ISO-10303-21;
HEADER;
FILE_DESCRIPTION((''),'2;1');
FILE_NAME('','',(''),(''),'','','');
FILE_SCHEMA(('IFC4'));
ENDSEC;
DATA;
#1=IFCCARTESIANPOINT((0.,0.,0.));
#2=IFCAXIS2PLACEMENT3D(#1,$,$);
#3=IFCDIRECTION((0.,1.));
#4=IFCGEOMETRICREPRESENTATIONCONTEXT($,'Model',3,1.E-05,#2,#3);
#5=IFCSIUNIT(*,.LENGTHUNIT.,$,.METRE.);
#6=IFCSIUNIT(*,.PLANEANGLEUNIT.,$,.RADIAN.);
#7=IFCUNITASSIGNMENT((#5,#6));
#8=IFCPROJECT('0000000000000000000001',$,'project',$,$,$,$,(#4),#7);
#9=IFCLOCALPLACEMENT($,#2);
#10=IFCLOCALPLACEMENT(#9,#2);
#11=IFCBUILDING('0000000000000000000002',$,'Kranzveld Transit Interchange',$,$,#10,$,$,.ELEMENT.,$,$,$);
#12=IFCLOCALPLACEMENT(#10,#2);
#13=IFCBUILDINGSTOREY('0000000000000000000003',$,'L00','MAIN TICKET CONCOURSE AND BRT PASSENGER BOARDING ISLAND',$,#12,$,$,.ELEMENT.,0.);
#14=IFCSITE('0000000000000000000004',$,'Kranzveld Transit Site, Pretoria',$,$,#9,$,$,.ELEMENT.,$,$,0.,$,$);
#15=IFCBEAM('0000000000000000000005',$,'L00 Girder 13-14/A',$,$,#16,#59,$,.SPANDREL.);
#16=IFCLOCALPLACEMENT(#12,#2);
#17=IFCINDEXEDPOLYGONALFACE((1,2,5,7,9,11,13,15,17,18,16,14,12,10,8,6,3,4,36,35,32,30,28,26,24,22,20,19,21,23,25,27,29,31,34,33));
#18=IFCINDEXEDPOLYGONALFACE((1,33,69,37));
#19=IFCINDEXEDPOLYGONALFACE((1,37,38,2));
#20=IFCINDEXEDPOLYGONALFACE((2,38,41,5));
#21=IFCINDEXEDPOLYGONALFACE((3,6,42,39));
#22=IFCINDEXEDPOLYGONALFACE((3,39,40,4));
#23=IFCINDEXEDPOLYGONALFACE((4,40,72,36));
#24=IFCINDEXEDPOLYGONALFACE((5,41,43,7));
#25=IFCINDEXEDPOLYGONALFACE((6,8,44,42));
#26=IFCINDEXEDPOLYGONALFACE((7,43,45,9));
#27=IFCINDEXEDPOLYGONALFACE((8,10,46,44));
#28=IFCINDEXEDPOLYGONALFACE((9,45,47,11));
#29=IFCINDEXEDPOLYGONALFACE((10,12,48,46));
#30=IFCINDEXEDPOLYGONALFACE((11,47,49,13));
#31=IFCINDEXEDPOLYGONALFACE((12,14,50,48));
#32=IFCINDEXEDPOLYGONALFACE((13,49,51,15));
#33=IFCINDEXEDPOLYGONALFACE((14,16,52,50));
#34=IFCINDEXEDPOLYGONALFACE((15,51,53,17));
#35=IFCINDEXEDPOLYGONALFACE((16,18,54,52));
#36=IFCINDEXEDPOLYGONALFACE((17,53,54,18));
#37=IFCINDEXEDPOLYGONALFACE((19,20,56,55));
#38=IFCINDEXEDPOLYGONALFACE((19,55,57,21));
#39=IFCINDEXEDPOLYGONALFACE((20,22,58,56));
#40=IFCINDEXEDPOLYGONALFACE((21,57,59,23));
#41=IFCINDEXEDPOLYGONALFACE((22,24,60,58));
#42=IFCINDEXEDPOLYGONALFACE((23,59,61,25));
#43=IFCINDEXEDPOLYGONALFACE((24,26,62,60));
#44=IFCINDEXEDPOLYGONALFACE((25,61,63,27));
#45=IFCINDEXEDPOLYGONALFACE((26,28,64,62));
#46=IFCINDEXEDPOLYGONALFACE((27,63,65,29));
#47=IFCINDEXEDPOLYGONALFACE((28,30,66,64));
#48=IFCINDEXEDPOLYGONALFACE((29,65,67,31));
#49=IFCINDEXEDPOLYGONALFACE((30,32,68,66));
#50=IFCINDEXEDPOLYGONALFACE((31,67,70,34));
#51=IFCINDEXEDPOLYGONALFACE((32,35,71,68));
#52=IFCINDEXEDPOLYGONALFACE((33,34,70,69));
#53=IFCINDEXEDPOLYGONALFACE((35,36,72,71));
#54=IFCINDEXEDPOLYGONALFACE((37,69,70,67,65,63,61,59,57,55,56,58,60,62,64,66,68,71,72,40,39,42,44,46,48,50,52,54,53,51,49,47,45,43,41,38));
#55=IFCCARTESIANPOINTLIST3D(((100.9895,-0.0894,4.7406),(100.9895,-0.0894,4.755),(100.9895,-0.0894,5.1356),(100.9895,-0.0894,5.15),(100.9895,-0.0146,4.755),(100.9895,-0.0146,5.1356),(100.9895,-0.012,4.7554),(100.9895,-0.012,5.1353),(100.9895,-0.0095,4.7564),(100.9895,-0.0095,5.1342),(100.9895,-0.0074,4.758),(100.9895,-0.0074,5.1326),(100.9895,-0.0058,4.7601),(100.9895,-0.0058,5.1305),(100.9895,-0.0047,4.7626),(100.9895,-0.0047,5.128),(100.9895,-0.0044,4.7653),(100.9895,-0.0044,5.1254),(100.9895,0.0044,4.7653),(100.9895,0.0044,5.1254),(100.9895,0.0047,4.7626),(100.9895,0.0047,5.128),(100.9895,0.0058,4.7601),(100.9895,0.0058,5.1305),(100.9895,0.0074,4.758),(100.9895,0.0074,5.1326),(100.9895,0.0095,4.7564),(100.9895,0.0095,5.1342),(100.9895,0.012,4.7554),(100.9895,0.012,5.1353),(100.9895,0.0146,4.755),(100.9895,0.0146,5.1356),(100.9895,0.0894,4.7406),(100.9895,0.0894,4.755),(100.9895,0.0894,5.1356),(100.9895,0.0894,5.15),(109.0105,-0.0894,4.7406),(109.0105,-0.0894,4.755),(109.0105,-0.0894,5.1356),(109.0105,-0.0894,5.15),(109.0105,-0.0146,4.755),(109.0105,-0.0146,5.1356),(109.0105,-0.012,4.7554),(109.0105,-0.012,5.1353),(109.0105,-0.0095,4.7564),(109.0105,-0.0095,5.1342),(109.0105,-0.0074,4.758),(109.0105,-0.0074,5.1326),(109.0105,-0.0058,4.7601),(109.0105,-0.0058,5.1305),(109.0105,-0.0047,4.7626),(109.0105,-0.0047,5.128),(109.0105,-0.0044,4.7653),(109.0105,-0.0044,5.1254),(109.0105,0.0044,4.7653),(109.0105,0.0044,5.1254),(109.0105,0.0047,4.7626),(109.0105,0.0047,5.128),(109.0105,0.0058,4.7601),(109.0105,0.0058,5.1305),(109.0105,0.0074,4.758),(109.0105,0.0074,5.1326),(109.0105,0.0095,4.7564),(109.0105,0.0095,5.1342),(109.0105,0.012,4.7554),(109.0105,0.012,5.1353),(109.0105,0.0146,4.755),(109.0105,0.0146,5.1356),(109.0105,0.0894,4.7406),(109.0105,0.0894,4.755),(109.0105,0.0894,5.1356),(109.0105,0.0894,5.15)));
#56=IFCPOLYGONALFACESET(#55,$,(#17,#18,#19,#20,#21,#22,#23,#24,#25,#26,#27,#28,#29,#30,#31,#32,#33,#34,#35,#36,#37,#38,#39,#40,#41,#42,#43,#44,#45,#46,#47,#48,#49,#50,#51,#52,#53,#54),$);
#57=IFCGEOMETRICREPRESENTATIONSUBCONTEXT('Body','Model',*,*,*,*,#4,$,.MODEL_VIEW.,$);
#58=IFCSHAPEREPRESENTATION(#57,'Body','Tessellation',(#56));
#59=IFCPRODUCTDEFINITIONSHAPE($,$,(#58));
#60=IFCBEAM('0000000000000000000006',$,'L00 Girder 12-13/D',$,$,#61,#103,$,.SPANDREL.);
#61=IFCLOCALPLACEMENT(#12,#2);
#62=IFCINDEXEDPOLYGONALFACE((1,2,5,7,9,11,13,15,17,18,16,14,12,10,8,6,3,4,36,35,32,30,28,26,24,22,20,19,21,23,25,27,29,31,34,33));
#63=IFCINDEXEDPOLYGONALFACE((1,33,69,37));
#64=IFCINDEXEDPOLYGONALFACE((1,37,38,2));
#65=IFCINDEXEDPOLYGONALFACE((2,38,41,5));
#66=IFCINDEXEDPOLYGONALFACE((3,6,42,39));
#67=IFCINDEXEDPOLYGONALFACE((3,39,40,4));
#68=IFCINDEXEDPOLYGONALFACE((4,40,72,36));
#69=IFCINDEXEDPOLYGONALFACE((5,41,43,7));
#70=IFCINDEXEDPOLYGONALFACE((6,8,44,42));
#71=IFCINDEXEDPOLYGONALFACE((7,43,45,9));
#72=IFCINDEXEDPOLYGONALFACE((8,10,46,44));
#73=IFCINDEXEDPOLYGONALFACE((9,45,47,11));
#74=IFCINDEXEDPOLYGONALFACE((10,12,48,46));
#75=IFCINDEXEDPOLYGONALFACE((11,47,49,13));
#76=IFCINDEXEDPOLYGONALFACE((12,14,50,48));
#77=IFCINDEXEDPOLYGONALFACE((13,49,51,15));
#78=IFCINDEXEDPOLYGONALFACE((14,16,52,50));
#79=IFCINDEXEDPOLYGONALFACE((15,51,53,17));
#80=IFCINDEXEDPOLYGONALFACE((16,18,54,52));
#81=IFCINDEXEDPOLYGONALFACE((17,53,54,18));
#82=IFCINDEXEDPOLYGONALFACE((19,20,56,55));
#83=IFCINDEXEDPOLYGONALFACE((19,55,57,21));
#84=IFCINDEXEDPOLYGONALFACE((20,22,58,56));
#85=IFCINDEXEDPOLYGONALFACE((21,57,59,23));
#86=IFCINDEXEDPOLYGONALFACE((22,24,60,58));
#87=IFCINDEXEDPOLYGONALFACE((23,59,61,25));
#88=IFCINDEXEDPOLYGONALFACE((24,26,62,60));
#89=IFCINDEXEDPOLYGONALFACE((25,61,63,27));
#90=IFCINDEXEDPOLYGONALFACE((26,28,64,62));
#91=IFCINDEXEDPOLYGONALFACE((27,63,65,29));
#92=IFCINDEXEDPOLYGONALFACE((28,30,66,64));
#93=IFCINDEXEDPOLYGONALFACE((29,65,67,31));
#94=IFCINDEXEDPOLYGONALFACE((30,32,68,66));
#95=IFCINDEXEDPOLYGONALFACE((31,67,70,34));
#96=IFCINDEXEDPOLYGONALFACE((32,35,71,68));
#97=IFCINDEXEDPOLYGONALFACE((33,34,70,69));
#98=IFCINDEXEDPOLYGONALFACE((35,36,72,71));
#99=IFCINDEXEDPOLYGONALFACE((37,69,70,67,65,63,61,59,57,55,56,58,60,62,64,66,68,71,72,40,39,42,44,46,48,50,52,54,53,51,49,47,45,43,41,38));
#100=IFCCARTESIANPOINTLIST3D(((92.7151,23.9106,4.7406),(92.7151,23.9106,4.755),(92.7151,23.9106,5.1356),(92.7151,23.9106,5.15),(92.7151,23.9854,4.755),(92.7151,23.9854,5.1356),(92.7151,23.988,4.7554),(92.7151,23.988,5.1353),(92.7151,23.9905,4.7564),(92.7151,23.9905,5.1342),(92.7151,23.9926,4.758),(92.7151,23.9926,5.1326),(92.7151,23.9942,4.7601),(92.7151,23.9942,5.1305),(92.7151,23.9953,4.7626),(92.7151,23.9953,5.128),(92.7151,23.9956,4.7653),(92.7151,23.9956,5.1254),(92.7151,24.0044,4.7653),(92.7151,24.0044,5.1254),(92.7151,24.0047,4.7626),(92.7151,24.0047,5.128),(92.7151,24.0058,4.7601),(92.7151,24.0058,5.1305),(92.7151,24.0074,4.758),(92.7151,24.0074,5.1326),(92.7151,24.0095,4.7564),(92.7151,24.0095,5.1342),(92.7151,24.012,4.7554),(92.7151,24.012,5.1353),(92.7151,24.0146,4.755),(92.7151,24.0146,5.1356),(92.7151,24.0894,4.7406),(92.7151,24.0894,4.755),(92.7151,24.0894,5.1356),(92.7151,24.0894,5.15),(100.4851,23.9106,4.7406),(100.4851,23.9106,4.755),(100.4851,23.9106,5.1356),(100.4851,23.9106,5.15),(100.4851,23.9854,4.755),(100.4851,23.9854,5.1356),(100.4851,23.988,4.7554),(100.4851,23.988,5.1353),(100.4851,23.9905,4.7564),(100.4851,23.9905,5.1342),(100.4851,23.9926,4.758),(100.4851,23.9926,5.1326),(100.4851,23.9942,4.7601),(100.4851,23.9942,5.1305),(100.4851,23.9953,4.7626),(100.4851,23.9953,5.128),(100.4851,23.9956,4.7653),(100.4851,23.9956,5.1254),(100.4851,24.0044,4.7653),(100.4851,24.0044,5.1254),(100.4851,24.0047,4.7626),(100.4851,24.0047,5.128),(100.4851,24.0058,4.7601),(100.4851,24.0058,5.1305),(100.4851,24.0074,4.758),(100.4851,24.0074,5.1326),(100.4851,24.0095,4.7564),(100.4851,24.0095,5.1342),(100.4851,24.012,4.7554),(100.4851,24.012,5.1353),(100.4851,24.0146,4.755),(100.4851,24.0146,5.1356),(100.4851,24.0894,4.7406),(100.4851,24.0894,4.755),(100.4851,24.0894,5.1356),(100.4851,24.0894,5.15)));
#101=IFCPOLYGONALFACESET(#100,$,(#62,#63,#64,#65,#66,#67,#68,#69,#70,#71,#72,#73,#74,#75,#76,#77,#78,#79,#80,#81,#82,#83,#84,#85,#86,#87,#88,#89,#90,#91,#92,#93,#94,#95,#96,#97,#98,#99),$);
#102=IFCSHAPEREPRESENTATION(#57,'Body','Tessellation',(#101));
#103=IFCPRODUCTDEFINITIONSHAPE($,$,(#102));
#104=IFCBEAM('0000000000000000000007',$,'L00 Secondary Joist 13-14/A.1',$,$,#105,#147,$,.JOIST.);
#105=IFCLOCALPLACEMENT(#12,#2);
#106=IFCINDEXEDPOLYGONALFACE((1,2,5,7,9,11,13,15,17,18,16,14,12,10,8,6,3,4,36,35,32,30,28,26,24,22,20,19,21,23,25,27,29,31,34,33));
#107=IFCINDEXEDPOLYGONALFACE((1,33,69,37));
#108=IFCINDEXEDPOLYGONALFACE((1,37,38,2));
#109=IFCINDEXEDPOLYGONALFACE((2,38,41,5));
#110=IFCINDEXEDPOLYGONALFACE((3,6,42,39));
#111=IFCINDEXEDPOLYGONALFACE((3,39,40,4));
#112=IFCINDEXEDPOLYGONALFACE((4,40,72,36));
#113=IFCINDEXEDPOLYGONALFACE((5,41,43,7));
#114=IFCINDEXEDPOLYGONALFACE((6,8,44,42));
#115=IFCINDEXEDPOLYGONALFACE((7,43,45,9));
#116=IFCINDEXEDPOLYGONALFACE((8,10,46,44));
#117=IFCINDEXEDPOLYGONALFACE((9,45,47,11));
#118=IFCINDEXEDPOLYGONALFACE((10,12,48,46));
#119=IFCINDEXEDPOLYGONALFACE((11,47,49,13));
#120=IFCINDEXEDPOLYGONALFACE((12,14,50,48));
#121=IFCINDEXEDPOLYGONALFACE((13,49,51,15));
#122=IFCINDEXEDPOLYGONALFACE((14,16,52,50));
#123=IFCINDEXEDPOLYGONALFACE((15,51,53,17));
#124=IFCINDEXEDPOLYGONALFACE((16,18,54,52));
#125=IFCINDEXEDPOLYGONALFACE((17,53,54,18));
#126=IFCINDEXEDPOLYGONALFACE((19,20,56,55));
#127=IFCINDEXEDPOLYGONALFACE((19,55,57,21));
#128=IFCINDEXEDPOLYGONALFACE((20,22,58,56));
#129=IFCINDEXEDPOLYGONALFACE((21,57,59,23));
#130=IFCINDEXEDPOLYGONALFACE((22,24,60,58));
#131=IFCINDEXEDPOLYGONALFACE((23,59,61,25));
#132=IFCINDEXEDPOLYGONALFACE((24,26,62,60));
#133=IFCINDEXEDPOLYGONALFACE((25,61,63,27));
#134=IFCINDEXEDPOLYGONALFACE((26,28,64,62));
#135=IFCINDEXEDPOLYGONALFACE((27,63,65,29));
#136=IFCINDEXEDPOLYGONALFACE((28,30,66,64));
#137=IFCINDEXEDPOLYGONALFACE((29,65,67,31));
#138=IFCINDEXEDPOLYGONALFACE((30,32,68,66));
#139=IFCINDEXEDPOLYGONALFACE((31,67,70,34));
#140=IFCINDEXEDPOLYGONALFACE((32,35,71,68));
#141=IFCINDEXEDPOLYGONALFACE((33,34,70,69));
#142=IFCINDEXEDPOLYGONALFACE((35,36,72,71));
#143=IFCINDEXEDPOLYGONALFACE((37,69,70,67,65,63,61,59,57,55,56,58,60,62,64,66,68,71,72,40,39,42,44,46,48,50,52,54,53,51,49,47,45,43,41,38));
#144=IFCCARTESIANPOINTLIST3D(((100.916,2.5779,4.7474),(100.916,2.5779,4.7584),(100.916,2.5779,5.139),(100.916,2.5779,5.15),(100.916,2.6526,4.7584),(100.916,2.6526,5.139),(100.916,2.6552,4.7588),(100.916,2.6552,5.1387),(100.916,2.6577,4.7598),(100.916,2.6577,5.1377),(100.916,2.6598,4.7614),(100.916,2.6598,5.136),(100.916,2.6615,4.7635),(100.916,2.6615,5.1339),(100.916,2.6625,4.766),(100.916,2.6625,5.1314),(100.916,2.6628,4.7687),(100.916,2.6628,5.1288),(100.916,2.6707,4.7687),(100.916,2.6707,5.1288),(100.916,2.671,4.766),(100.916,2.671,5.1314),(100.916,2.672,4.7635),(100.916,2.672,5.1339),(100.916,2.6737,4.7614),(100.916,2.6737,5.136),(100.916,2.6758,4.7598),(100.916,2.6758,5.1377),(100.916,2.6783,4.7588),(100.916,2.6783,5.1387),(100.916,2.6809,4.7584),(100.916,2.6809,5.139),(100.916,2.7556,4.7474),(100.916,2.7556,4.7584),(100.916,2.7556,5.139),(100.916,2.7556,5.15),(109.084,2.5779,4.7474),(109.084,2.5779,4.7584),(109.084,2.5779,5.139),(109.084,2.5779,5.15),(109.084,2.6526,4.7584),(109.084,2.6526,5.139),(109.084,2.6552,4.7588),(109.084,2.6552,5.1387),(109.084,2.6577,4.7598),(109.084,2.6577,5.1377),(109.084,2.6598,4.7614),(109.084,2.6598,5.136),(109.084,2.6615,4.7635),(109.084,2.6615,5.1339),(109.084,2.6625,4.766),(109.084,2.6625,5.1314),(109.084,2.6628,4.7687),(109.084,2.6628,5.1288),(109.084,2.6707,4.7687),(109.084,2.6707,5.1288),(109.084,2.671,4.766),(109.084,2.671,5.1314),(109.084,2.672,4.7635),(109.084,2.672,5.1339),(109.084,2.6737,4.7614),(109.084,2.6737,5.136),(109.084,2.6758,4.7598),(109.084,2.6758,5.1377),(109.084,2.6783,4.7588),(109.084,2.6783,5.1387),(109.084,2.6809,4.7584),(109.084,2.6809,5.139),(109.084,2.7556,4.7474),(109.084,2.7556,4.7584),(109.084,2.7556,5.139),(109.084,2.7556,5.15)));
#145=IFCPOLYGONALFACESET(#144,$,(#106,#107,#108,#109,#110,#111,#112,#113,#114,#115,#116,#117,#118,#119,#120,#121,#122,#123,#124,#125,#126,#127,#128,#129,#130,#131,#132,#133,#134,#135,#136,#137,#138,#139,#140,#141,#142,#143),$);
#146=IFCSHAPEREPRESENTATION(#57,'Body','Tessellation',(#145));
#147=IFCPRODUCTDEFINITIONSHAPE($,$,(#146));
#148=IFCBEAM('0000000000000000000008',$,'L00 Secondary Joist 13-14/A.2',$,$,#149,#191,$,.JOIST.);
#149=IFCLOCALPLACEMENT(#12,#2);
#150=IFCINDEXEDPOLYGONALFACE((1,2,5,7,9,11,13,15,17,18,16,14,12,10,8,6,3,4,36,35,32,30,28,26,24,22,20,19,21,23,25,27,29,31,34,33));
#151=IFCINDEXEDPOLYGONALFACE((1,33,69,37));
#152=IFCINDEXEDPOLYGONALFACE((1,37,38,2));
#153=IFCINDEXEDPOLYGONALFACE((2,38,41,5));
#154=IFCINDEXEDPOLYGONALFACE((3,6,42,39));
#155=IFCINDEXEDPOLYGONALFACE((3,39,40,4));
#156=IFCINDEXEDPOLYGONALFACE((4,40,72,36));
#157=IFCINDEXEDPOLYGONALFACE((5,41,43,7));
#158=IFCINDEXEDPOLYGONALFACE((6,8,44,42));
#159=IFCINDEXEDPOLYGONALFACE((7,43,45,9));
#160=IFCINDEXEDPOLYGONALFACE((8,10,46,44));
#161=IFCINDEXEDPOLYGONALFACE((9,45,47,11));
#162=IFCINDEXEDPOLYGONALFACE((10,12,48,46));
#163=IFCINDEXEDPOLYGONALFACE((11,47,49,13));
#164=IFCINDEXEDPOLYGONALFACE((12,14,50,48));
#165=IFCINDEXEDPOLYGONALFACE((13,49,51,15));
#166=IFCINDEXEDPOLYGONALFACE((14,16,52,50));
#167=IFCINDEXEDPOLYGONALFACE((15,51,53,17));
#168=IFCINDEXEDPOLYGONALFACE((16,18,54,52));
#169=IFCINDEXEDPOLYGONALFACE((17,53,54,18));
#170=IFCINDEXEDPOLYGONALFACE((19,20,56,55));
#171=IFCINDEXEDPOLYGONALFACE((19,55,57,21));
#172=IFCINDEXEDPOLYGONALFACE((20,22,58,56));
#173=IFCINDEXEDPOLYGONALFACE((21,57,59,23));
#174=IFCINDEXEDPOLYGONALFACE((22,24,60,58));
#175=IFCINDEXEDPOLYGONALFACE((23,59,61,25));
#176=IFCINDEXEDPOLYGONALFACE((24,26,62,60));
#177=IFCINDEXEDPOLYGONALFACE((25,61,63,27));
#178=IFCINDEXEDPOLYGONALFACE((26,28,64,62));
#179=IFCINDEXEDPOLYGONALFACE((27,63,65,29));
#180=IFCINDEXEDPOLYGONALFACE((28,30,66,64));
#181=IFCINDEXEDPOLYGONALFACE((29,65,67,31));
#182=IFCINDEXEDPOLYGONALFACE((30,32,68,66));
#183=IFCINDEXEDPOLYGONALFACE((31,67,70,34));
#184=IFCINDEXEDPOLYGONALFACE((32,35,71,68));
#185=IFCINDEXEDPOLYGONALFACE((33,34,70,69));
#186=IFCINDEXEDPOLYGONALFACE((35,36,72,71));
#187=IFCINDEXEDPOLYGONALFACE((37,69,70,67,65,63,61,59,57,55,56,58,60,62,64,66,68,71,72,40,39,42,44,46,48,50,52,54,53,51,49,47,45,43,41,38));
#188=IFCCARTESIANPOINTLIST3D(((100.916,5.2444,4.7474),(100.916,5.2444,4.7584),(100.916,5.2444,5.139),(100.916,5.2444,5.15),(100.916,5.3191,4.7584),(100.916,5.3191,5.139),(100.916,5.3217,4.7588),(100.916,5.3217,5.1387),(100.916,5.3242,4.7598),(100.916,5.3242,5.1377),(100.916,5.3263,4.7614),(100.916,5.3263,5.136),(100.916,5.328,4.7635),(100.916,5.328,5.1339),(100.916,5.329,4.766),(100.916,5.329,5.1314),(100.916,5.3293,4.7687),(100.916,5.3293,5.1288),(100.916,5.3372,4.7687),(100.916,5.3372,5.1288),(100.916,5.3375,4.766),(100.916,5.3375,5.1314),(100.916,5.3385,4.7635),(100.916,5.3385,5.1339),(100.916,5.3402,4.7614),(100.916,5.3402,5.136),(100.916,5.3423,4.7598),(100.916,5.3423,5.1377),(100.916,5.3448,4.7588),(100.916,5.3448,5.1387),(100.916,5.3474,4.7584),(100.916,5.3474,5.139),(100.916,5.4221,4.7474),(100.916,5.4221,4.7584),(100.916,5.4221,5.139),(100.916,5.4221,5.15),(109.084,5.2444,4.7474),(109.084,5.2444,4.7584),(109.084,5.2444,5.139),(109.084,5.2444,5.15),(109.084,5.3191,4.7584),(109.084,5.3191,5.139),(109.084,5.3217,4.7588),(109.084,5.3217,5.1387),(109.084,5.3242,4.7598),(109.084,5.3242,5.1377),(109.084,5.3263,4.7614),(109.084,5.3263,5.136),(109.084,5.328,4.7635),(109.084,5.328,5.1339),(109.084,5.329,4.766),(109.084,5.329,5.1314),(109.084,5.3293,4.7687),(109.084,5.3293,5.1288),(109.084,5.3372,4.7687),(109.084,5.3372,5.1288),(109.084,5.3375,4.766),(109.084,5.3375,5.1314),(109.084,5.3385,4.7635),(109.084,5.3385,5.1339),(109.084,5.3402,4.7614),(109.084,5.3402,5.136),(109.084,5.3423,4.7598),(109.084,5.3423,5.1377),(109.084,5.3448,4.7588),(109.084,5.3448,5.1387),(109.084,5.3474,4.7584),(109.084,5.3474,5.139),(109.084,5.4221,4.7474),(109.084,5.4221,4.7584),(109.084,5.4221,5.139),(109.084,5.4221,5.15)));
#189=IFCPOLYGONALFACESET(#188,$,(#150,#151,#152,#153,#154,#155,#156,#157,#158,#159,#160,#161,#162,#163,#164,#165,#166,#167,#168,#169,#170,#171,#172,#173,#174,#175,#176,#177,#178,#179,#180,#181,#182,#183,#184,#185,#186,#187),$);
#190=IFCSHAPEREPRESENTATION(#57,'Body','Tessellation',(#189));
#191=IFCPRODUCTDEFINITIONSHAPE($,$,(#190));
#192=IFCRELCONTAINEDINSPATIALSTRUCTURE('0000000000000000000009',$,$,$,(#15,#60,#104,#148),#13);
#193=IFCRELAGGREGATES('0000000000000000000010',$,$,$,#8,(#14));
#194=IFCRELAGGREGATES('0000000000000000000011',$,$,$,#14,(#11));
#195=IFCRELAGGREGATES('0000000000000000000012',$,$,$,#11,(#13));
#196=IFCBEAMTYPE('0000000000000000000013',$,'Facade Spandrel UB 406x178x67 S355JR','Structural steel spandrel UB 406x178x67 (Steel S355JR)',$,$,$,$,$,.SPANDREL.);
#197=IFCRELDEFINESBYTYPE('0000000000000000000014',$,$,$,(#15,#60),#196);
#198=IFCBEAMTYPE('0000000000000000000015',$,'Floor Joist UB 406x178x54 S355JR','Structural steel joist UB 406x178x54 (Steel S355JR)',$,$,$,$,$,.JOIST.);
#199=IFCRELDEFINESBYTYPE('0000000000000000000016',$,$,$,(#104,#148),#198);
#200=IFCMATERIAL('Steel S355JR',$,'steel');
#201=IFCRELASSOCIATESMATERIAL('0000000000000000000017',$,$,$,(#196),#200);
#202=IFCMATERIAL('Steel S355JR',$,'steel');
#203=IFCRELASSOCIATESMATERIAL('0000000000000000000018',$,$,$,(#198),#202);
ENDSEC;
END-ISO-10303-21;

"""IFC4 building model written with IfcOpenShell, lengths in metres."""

from ifc_helpers import new_model, si_unit, direction, frame, origin, origin_2d, place, context, subcontext, project, spatial, i_section, extrude, material, material_profile, profile_set, type_object, element, save


model = new_model("IFC4")

# Units and contexts
model_context = context("Model", 3, precision=1e-05, world=origin(), true_north=direction((0.0, 1.0)))
body_context = subcontext(model_context, "Body", "Model", "MODEL_VIEW")
ifc_project = project(units=[si_unit("LENGTHUNIT", "METRE"), si_unit("PLANEANGLEUNIT", "RADIAN")], contexts=[model_context])

# Site, building, storey
site_placement = place(None, origin())
site = spatial("IfcSite", under=ifc_project, at=site_placement, Name="Kranzveld Transit Site, Pretoria", CompositionType="ELEMENT", RefElevation=0.0)
building_placement = place(site_placement, origin())
building = spatial("IfcBuilding", under=site, at=building_placement, Name="Kranzveld Transit Interchange", CompositionType="ELEMENT")
storey_placement = place(building_placement, origin())
storey = spatial("IfcBuildingStorey", under=building, at=storey_placement, Name="L00", Description="MAIN TICKET CONCOURSE AND BRT PASSENGER BOARDING ISLAND", CompositionType="ELEMENT", Elevation=0.0)

# Beams
ifc_material_1 = material(Name="Steel S355JR", Category="steel")
ifc_material_profile_1 = material_profile(ifc_material_1, i_section(OverallWidth=0.1787, OverallDepth=0.4094, WebThickness=0.0088, FlangeThickness=0.0144, FilletRadius=0.0103, at=origin_2d()), Name="UB 406x178x67")
ifc_profile_set_1 = profile_set([ifc_material_profile_1], Name="Steel S355JR")
beam_type_1 = type_object("IfcBeamType", Name="Facade Spandrel UB 406x178x67 S355JR", Description="Structural steel spandrel UB 406x178x67 (Steel S355JR)", PredefinedType="SPANDREL", material=ifc_profile_set_1)
beam_1_placement = place(storey_placement, frame((100.9895, 0.0, 4.9453), z_axis=(1.0, 0.0, 0.0), x_axis=(0.0, 1.0, 0.0)))
element("IfcBeam", 1, at=beam_1_placement, inside=storey, type_object=beam_type_1, Name="L00 Girder 13-14/A", PredefinedType="SPANDREL", context=body_context, shape_type="SweptSolid", body=[
    extrude(i_section(OverallWidth=0.1787, OverallDepth=0.4094, WebThickness=0.0088, FlangeThickness=0.0144, FilletRadius=0.0103, at=origin_2d()), origin(), (0.0, 0.0, 1.0), 8.021),
])
beam_2_placement = place(storey_placement, frame((92.7151, 24.0, 4.9453), z_axis=(1.0, 0.0, 0.0), x_axis=(0.0, 1.0, 0.0)))
element("IfcBeam", 2, at=beam_2_placement, inside=storey, type_object=beam_type_1, Name="L00 Girder 12-13/D", PredefinedType="SPANDREL", context=body_context, shape_type="SweptSolid", body=[
    extrude(i_section(OverallWidth=0.1787, OverallDepth=0.4094, WebThickness=0.0088, FlangeThickness=0.0144, FilletRadius=0.0103, at=origin_2d()), origin(), (0.0, 0.0, 1.0), 7.77),
])
ifc_material_2 = material(Name="Steel S355JR", Category="steel")
ifc_material_profile_2 = material_profile(ifc_material_2, i_section(OverallWidth=0.1777, OverallDepth=0.4026, WebThickness=0.0078, FlangeThickness=0.011, FilletRadius=0.0103, at=origin_2d()), Name="UB 406x178x54")
ifc_profile_set_2 = profile_set([ifc_material_profile_2], Name="Steel S355JR")
beam_type_2 = type_object("IfcBeamType", Name="Floor Joist UB 406x178x54 S355JR", Description="Structural steel joist UB 406x178x54 (Steel S355JR)", PredefinedType="JOIST", material=ifc_profile_set_2)
for number, where, z_axis, x_axis, name in (
    (3, (100.916, 2.6667, 4.9487), (1.0, 0.0, 0.0), (0.0, 1.0, 0.0), "L00 Secondary Joist 13-14/A.1"),
    (4, (100.916, 5.3333, 4.9487), (1.0, 0.0, 0.0), (0.0, 1.0, 0.0), "L00 Secondary Joist 13-14/A.2"),
):
    element("IfcBeam", number, at=place(storey_placement, frame(where, z_axis=z_axis, x_axis=x_axis)), inside=storey, type_object=beam_type_2, Name=name, PredefinedType="JOIST", context=body_context, shape_type="SweptSolid", body=[
        extrude(i_section(OverallWidth=0.1777, OverallDepth=0.4026, WebThickness=0.0078, FlangeThickness=0.011, FilletRadius=0.0103, at=origin_2d()), origin(), (0.0, 0.0, 1.0), 8.168),
    ])

save(model, "model.ifc")
